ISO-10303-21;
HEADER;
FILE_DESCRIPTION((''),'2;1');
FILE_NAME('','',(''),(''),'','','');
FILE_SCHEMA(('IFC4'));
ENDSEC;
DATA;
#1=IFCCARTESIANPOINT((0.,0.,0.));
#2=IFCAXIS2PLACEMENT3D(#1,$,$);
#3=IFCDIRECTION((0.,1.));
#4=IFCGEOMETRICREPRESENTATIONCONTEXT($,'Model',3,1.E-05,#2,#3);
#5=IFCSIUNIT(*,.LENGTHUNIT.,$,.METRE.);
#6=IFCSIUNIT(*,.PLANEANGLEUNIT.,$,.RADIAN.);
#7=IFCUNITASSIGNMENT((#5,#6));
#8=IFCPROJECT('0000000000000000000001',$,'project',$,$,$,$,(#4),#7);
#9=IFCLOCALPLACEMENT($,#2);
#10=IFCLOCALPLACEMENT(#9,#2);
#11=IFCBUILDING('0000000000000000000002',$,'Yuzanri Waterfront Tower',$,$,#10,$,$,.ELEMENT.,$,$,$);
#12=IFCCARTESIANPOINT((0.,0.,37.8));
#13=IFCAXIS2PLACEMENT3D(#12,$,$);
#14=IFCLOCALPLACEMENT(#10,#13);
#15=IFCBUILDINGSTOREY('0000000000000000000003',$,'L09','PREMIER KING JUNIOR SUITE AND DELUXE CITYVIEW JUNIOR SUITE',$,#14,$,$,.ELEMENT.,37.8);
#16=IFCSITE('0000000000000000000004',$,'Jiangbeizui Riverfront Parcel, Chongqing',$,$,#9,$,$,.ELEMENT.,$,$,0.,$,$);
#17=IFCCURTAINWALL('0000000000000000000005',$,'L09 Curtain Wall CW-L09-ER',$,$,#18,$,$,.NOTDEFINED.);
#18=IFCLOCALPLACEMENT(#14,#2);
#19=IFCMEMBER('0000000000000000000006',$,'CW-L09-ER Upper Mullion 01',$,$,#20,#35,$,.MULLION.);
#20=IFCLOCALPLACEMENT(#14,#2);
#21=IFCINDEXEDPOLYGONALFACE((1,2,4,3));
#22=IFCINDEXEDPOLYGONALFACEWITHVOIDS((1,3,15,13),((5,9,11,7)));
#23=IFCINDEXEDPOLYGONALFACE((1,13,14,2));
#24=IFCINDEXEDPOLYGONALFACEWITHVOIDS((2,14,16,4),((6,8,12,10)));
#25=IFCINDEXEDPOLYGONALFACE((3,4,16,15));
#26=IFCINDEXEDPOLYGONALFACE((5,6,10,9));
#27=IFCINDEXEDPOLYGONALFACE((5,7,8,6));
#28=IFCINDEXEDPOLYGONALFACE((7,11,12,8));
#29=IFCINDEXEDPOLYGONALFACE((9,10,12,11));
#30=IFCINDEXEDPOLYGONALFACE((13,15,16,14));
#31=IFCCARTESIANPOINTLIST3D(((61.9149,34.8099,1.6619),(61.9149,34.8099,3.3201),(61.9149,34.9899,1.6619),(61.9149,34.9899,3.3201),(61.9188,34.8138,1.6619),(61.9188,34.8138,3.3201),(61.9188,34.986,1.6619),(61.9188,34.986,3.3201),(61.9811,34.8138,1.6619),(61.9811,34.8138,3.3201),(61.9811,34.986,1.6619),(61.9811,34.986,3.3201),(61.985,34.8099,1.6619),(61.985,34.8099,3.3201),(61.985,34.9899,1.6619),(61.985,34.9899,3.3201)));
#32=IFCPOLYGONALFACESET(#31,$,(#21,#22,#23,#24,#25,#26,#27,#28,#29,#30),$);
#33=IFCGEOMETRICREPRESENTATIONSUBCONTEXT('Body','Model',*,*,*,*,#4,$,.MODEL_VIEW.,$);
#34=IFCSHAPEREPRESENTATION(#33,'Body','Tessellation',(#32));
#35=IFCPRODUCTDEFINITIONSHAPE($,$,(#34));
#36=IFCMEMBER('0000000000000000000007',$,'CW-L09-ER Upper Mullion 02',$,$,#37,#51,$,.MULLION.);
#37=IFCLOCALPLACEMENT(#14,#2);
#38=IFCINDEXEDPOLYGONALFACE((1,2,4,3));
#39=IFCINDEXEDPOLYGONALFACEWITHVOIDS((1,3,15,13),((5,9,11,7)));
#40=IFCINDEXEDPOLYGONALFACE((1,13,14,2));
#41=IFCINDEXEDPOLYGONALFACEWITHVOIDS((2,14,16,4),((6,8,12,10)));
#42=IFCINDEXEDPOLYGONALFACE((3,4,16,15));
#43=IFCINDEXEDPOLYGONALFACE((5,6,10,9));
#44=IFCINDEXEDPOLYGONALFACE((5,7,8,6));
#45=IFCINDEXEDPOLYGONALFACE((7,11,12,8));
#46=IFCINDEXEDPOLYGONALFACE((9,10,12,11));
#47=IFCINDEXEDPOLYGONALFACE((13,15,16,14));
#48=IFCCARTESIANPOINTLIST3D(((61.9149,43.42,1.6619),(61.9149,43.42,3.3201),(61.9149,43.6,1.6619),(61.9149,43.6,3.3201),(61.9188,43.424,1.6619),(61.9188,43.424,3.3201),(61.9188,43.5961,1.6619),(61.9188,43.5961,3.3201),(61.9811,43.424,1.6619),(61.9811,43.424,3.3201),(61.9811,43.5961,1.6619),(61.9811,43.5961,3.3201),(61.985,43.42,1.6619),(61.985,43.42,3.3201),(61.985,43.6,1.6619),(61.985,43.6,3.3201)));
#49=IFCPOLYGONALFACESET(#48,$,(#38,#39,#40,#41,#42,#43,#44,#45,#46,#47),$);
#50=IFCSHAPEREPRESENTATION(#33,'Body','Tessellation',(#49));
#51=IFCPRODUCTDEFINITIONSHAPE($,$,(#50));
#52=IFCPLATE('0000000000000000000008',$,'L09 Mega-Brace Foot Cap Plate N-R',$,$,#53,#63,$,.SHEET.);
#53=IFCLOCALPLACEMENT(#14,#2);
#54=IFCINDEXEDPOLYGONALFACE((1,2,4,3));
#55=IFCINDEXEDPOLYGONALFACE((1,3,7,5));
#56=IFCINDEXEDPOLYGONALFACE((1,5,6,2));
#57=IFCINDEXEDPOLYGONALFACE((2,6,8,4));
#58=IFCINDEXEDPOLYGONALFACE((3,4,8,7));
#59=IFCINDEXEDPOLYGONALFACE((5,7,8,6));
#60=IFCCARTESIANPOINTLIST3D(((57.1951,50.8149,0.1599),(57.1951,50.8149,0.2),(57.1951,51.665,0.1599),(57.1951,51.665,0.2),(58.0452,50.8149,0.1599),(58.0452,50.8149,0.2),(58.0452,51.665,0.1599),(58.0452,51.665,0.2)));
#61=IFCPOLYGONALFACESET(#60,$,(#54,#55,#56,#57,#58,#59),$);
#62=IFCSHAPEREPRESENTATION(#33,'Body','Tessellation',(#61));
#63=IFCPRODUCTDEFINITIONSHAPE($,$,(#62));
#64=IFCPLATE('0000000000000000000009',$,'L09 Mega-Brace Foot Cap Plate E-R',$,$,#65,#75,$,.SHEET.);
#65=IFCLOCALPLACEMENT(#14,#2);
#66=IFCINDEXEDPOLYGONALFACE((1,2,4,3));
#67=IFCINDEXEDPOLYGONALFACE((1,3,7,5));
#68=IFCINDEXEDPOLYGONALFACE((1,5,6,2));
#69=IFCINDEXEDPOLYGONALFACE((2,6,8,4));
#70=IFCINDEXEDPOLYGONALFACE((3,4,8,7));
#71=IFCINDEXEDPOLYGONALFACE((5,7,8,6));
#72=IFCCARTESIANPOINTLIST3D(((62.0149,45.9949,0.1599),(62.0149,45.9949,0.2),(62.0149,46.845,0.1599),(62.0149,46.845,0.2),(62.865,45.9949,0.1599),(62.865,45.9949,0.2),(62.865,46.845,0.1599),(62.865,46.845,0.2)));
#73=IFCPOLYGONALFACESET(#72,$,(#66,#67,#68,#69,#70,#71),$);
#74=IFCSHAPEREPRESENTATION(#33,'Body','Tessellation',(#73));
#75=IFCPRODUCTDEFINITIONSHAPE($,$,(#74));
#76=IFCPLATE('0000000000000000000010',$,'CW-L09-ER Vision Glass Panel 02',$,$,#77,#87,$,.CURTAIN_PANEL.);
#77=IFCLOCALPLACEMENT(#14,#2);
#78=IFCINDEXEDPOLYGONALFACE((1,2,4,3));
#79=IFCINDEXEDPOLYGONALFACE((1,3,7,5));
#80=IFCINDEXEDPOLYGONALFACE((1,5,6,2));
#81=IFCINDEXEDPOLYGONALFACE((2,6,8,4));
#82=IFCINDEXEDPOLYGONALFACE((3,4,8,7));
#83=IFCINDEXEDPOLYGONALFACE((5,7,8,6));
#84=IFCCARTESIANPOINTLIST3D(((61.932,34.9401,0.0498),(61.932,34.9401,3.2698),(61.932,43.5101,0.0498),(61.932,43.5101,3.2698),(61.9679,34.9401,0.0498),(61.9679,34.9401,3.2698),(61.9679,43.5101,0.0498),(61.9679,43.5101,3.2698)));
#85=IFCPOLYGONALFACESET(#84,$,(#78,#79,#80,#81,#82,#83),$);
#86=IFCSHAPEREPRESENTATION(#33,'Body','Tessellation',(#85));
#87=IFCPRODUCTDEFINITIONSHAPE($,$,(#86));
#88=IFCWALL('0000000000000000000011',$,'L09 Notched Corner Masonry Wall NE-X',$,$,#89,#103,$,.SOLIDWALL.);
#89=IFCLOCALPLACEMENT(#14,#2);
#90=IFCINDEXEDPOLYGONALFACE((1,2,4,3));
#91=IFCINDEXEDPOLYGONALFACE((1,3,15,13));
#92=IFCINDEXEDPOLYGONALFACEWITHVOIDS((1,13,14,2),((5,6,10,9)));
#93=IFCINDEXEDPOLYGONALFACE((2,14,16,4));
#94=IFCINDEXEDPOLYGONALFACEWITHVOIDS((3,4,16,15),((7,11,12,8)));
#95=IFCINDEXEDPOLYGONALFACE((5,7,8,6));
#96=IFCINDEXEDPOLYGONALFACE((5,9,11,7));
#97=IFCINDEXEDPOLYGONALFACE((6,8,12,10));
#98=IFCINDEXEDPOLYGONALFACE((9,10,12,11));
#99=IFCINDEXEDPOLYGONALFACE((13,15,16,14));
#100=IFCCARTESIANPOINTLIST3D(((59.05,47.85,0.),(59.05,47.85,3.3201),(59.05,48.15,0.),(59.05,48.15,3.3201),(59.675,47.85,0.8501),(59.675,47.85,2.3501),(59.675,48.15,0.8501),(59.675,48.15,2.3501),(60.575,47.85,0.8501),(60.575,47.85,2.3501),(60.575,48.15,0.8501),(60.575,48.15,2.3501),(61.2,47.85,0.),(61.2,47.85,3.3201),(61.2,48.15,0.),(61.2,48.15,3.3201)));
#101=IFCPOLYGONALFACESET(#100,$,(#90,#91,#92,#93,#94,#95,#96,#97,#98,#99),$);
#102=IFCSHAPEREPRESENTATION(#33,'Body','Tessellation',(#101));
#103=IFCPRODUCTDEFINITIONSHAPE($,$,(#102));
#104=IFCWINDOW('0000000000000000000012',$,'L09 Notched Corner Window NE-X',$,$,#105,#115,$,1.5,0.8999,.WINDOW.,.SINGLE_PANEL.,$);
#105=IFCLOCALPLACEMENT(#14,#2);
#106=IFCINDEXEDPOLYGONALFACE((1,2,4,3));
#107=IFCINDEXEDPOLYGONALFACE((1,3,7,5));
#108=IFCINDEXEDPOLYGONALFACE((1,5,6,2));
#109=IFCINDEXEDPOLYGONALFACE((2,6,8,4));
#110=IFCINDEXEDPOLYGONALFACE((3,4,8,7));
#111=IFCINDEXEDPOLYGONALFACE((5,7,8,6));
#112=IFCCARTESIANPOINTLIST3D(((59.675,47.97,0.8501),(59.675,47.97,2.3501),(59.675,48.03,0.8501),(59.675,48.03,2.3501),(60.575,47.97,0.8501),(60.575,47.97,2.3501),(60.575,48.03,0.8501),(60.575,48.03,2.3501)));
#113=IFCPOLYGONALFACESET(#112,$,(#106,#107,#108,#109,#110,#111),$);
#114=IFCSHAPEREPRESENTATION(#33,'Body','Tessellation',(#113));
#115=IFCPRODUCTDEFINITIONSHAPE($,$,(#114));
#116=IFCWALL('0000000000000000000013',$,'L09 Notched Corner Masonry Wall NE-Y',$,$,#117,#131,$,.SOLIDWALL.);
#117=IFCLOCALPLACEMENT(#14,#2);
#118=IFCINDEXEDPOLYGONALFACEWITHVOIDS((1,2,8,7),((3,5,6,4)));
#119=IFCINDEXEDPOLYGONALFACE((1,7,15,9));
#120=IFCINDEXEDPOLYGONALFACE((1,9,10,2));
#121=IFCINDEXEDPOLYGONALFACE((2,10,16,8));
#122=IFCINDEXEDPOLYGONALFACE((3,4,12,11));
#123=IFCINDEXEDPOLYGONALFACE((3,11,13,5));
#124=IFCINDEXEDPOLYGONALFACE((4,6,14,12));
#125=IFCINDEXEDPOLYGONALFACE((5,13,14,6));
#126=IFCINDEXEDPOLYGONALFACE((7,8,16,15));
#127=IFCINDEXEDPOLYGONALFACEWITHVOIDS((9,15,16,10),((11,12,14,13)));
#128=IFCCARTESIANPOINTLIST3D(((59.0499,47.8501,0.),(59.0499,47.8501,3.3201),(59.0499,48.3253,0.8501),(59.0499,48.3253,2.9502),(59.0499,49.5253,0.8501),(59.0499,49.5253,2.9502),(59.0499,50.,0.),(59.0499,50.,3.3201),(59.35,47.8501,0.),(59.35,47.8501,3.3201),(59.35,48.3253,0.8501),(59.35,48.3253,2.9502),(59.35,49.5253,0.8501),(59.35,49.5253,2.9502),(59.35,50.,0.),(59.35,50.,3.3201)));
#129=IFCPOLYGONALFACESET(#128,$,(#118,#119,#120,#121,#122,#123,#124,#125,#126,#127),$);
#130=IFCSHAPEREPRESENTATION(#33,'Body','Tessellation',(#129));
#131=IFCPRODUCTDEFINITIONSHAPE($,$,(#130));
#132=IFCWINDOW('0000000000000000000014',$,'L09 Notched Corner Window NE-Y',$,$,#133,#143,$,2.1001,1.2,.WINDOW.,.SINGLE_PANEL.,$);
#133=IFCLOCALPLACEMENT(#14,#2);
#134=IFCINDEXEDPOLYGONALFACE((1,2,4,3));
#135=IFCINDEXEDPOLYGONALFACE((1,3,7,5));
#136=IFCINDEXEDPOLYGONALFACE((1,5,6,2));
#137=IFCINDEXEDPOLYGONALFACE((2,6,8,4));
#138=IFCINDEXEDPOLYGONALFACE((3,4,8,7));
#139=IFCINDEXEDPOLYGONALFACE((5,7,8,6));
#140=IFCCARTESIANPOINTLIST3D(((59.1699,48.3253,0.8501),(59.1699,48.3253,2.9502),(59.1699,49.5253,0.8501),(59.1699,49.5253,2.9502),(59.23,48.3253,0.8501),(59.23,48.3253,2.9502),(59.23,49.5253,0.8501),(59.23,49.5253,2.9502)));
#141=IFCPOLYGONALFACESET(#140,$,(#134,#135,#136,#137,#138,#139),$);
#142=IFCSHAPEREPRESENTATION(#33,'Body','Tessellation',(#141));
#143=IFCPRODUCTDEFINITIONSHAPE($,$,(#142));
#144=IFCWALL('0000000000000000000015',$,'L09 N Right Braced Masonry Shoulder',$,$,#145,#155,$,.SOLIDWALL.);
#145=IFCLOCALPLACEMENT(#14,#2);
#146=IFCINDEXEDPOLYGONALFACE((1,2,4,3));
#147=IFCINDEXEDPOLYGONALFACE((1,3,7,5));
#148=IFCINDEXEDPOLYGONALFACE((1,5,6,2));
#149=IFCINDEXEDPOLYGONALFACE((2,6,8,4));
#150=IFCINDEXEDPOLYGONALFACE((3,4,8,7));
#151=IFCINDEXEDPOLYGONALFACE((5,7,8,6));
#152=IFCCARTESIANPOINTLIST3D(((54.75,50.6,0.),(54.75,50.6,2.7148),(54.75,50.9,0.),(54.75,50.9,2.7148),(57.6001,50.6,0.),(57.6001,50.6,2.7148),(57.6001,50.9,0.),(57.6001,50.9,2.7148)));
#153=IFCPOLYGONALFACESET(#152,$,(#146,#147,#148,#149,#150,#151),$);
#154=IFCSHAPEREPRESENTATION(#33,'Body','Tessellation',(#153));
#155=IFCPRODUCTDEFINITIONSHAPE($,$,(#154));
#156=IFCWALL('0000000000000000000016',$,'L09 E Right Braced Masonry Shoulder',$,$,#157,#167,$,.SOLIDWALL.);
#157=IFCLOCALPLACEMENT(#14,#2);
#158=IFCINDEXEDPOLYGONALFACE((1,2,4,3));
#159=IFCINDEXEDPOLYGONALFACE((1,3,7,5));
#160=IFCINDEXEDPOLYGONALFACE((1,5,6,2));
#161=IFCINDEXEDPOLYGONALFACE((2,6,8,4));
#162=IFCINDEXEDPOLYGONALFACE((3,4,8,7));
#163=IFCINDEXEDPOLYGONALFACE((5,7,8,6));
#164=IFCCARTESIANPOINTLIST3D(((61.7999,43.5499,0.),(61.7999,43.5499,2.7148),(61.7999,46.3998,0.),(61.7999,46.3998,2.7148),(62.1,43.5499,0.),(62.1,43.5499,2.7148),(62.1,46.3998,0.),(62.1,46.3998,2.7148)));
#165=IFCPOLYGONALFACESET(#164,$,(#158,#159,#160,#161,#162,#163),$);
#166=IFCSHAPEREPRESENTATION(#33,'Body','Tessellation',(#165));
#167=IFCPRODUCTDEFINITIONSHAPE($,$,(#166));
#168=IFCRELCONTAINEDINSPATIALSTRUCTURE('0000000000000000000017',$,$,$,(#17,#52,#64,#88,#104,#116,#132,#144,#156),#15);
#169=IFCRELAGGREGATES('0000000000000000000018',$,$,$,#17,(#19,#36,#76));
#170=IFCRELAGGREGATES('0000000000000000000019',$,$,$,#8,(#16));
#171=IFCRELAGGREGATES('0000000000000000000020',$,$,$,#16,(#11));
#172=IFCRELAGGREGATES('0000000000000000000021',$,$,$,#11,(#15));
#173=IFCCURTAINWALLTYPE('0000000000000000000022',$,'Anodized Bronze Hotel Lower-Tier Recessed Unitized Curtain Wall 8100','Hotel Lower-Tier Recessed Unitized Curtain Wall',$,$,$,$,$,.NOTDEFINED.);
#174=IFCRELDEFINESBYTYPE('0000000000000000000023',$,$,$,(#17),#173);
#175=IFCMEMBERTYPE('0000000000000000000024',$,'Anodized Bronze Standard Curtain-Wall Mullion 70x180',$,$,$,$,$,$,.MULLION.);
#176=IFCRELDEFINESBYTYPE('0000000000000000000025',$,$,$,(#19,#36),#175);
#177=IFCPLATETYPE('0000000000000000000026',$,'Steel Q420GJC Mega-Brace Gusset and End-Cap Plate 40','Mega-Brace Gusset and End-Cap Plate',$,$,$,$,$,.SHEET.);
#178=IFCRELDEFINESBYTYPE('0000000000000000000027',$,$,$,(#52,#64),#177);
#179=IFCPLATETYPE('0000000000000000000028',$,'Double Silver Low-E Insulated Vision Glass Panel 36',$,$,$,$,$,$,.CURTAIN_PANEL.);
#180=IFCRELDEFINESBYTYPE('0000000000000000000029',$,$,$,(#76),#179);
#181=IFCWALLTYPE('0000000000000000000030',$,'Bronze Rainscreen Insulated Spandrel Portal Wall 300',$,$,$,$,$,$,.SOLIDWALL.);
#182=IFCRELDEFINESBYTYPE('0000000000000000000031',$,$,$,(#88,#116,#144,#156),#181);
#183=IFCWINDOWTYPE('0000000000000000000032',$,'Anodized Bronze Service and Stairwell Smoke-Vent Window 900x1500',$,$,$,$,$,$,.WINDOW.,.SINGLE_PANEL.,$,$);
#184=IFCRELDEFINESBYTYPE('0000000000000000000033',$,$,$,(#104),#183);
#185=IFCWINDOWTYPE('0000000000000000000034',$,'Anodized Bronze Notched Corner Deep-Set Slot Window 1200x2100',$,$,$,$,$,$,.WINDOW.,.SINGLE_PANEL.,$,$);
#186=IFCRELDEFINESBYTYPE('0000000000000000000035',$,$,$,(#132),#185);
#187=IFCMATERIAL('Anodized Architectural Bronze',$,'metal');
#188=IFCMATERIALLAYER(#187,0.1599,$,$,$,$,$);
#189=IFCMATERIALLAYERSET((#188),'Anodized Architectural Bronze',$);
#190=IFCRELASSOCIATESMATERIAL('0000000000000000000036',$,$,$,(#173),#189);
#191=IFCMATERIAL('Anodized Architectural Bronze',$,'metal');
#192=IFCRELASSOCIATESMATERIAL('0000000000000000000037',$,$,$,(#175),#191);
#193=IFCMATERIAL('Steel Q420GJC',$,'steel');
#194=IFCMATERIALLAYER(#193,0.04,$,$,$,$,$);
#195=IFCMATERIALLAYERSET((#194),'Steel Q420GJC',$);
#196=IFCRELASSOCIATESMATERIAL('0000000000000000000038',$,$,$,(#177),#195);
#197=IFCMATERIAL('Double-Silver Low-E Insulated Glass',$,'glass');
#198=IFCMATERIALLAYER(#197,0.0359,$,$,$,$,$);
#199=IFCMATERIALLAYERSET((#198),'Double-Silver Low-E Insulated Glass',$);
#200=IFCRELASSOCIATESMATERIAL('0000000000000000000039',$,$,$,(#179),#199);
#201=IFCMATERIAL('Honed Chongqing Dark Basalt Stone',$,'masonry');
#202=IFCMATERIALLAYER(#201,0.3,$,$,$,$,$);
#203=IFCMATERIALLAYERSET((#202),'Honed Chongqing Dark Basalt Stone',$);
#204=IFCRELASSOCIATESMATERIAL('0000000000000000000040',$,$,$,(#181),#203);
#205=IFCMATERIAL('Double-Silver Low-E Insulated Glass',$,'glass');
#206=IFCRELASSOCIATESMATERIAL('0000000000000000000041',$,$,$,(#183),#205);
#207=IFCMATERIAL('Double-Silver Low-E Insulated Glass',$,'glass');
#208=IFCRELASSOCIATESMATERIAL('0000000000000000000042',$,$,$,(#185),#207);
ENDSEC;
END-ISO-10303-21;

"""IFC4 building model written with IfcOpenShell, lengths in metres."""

from ifc_helpers import new_model, si_unit, direction, frame, frame_2d, origin, origin_2d, place, context, subcontext, project, spatial, rectangle, hollow_rectangle, extrude, source, transform, mapped, material, layer, layer_set, material_profile, profile_set, type_object, element, fill, aggregate, save


model = new_model("IFC4")

# Units and contexts
model_context = context("Model", 3, precision=1e-05, world=origin(), true_north=direction((0.0, 1.0)))
body_context = subcontext(model_context, "Body", "Model", "MODEL_VIEW")
ifc_project = project(units=[si_unit("LENGTHUNIT", "METRE"), si_unit("PLANEANGLEUNIT", "RADIAN")], contexts=[model_context])

# Site, building, storey
site_placement = place(None, origin())
site = spatial("IfcSite", under=ifc_project, at=site_placement, Name="Jiangbeizui Riverfront Parcel, Chongqing", CompositionType="ELEMENT", RefElevation=0.0)
building_placement = place(site_placement, origin())
building = spatial("IfcBuilding", under=site, at=building_placement, Name="Yuzanri Waterfront Tower", CompositionType="ELEMENT")
storey_placement = place(building_placement, frame((0.0, 0.0, 37.8)))
storey = spatial("IfcBuildingStorey", under=building, at=storey_placement, Name="L09", Description="PREMIER KING JUNIOR SUITE AND DELUXE CITYVIEW JUNIOR SUITE", CompositionType="ELEMENT", Elevation=37.8)

# Shared definitions
ifc_material_1 = material(Name="Anodized Architectural Bronze", Category="metal")
ifc_layer_1 = layer(ifc_material_1, 0.1599)
ifc_layer_set_1 = layer_set([ifc_layer_1], Name="Anodized Architectural Bronze")
curtain_wall_type = type_object("IfcCurtainWallType", Name="Anodized Bronze Hotel Lower-Tier Recessed Unitized Curtain Wall 8100", Description="Hotel Lower-Tier Recessed Unitized Curtain Wall", PredefinedType="NOTDEFINED", material=ifc_layer_set_1)
ifc_material_2 = material(Name="Anodized Architectural Bronze", Category="metal")
ifc_material_profile_1 = material_profile(ifc_material_2, hollow_rectangle(XDim=0.0701, YDim=0.1799, WallThickness=0.0039, at=origin_2d()), Name="CWM 70x180")
ifc_profile_set_1 = profile_set([ifc_material_profile_1], Name="Anodized Architectural Bronze")
member_type_1 = type_object("IfcMemberType", Name="Anodized Bronze Standard Curtain-Wall Mullion 70x180", PredefinedType="MULLION", material=ifc_profile_set_1)

# Curtain wall
curtain_wall_1_placement = place(storey_placement, origin())
curtain_wall_1 = element("IfcCurtainWall", 1, at=curtain_wall_1_placement, inside=storey, type_object=curtain_wall_type, Name="L09 Curtain Wall CW-L09-ER", PredefinedType="NOTDEFINED")

# Members
shared_shape_1 = source(origin(), body_context, "Body", "SweptSolid", [
    extrude(hollow_rectangle(XDim=0.0701, YDim=0.1799, WallThickness=0.0039, at=origin_2d()), origin(), (0.0, 0.0, 1.0), 1.6582),
])
member_1_placement = place(storey_placement, frame((61.95, 34.8999, 1.6619), z_axis=(0.0, 0.0, 1.0), x_axis=(1.0, 0.0, 0.0)))
member_1 = element("IfcMember", 2, at=member_1_placement, type_object=member_type_1, Name="CW-L09-ER Upper Mullion 01", PredefinedType="MULLION", context=body_context, shape_type="MappedRepresentation", body=[
    mapped(shared_shape_1, transform((0.0, 0.0, 0.0), scale=1.0)),
])
member_2_placement = place(storey_placement, frame((61.95, 43.51, 1.6619), z_axis=(0.0, 0.0, 1.0), x_axis=(1.0, 0.0, 0.0)))
member_2 = element("IfcMember", 3, at=member_2_placement, type_object=member_type_1, Name="CW-L09-ER Upper Mullion 02", PredefinedType="MULLION", context=body_context, shape_type="MappedRepresentation", body=[
    mapped(shared_shape_1, transform((0.0, 0.0, 0.0), scale=1.0)),
])

# Plates
ifc_material_3 = material(Name="Steel Q420GJC", Category="steel")
ifc_layer_2 = layer(ifc_material_3, 0.04)
ifc_layer_set_2 = layer_set([ifc_layer_2], Name="Steel Q420GJC")
plate_type_1 = type_object("IfcPlateType", Name="Steel Q420GJC Mega-Brace Gusset and End-Cap Plate 40", Description="Mega-Brace Gusset and End-Cap Plate", PredefinedType="SHEET", material=ifc_layer_set_2)
shared_shape_2 = source(origin(), body_context, "Body", "SweptSolid", [
    extrude(rectangle(XDim=0.8501, YDim=0.8501, at=origin_2d()), origin(), (0.0, 0.0, 1.0), 0.04),
])
for number, where, z_axis, x_axis, name in (
    (4, (57.6201, 51.24, 0.1599), (0.0, 0.0, 1.0), (1.0, 0.0, 0.0), "L09 Mega-Brace Foot Cap Plate N-R"),
    (5, (62.4399, 46.4199, 0.1599), (0.0, 0.0, 1.0), (1.0, 0.0, 0.0), "L09 Mega-Brace Foot Cap Plate E-R"),
):
    element("IfcPlate", number, at=place(storey_placement, frame(where, z_axis=z_axis, x_axis=x_axis)), inside=storey, type_object=plate_type_1, Name=name, PredefinedType="SHEET", context=body_context, shape_type="MappedRepresentation", body=[
        mapped(shared_shape_2, transform((0.0, 0.0, 0.0), scale=1.0)),
    ])

# Plate
ifc_material_4 = material(Name="Double-Silver Low-E Insulated Glass", Category="glass")
ifc_layer_3 = layer(ifc_material_4, 0.0359)
ifc_layer_set_3 = layer_set([ifc_layer_3], Name="Double-Silver Low-E Insulated Glass")
plate_type_2 = type_object("IfcPlateType", Name="Double Silver Low-E Insulated Vision Glass Panel 36", PredefinedType="CURTAIN_PANEL", material=ifc_layer_set_3)
shared_shape_3 = source(origin(), body_context, "Body", "SweptSolid", [
    extrude(rectangle(XDim=8.5701, YDim=0.0359, at=origin_2d()), origin(), (0.0, 0.0, 1.0), 3.22),
])
plate_placement = place(storey_placement, frame((61.95, 39.2251, 0.0498), z_axis=(0.0, 0.0, 1.0), x_axis=(0.0, 1.0, 0.0)))
plate = element("IfcPlate", 6, at=plate_placement, type_object=plate_type_2, Name="CW-L09-ER Vision Glass Panel 02", PredefinedType="CURTAIN_PANEL", context=body_context, shape_type="MappedRepresentation", body=[
    mapped(shared_shape_3, transform((0.0, 0.0, 0.0), scale=1.0)),
])
aggregate(curtain_wall_1, [member_1, member_2, plate])

# Walls, openings, windows
ifc_material_5 = material(Name="Honed Chongqing Dark Basalt Stone", Category="masonry")
ifc_layer_4 = layer(ifc_material_5, 0.3)
ifc_layer_set_4 = layer_set([ifc_layer_4], Name="Honed Chongqing Dark Basalt Stone")
wall_type_1 = type_object("IfcWallType", Name="Bronze Rainscreen Insulated Spandrel Portal Wall 300", PredefinedType="SOLIDWALL", material=ifc_layer_set_4)
wall_1_placement = place(storey_placement, frame((61.2, 48.0, 0.0), z_axis=(0.0, 0.0, 1.0), x_axis=(-1.0, 0.0, 0.0)))
wall_1 = element("IfcWall", 7, at=wall_1_placement, inside=storey, type_object=wall_type_1, Name="L09 Notched Corner Masonry Wall NE-X", PredefinedType="SOLIDWALL", context=body_context, shape_type="SweptSolid", body=[
    extrude(rectangle(XDim=2.1499, YDim=0.3, at=frame_2d((1.075, 0.0))), origin(), (0.0, 0.0, 1.0), 3.3201),
])
opening_1_placement = place(wall_1_placement, frame((0.625, 0.0, 0.8501)))
opening_1 = element("IfcOpeningElement", 8, at=opening_1_placement, cuts=wall_1, PredefinedType="OPENING", context=body_context, shape_type="SweptSolid", body=[
    extrude(rectangle(XDim=0.8999, YDim=1.5, at=frame_2d((0.45, 0.75))), frame((0.0, 0.165, 0.0), z_axis=(0.0, -1.0, 0.0), x_axis=(1.0, 0.0, 0.0)), (0.0, 0.0, 1.0), 0.3298),
])
ifc_material_6 = material(Name="Double-Silver Low-E Insulated Glass", Category="glass")
window_type_1 = type_object("IfcWindowType", Name="Anodized Bronze Service and Stairwell Smoke-Vent Window 900x1500", PartitioningType="SINGLE_PANEL", PredefinedType="WINDOW", material=ifc_material_6)
shared_shape_4 = source(origin(), body_context, "Body", "SweptSolid", [
    extrude(rectangle(XDim=0.8999, YDim=1.5, at=frame_2d((0.45, 0.75))), frame((0.0, 0.03, 0.0), z_axis=(0.0, -1.0, 0.0), x_axis=(1.0, 0.0, 0.0)), (0.0, 0.0, 1.0), 0.0601),
])
window_1_placement = place(opening_1_placement, origin())
window_1 = element("IfcWindow", 9, at=window_1_placement, inside=storey, type_object=window_type_1, Name="L09 Notched Corner Window NE-X", OverallHeight=1.5, OverallWidth=0.8999, PartitioningType="SINGLE_PANEL", PredefinedType="WINDOW", context=body_context, shape_type="MappedRepresentation", body=[
    mapped(shared_shape_4, transform((0.0, 0.0, 0.0), scale=1.0)),
])
fill(opening_1, window_1)
wall_2_placement = place(storey_placement, frame((59.2, 47.8501, 0.0), z_axis=(0.0, 0.0, 1.0), x_axis=(0.0, 1.0, 0.0)))
wall_2 = element("IfcWall", 10, at=wall_2_placement, inside=storey, type_object=wall_type_1, Name="L09 Notched Corner Masonry Wall NE-Y", PredefinedType="SOLIDWALL", context=body_context, shape_type="SweptSolid", body=[
    extrude(rectangle(XDim=2.1499, YDim=0.3, at=frame_2d((1.075, 0.0))), origin(), (0.0, 0.0, 1.0), 3.3201),
])
opening_2_placement = place(wall_2_placement, frame((0.4751, 0.0, 0.8501)))
opening_2 = element("IfcOpeningElement", 11, at=opening_2_placement, cuts=wall_2, PredefinedType="OPENING", context=body_context, shape_type="SweptSolid", body=[
    extrude(rectangle(XDim=1.2, YDim=2.1001, at=frame_2d((0.6001, 1.05))), frame((0.0, 0.165, 0.0), z_axis=(0.0, -1.0, 0.0), x_axis=(1.0, 0.0, 0.0)), (0.0, 0.0, 1.0), 0.3298),
])
ifc_material_7 = material(Name="Double-Silver Low-E Insulated Glass", Category="glass")
window_type_2 = type_object("IfcWindowType", Name="Anodized Bronze Notched Corner Deep-Set Slot Window 1200x2100", PartitioningType="SINGLE_PANEL", PredefinedType="WINDOW", material=ifc_material_7)
shared_shape_5 = source(origin(), body_context, "Body", "SweptSolid", [
    extrude(rectangle(XDim=1.2, YDim=2.1001, at=frame_2d((0.6001, 1.05))), frame((0.0, 0.03, 0.0), z_axis=(0.0, -1.0, 0.0), x_axis=(1.0, 0.0, 0.0)), (0.0, 0.0, 1.0), 0.0601),
])
window_2_placement = place(opening_2_placement, origin())
window_2 = element("IfcWindow", 12, at=window_2_placement, inside=storey, type_object=window_type_2, Name="L09 Notched Corner Window NE-Y", OverallHeight=2.1001, OverallWidth=1.2, PartitioningType="SINGLE_PANEL", PredefinedType="WINDOW", context=body_context, shape_type="MappedRepresentation", body=[
    mapped(shared_shape_5, transform((0.0, 0.0, 0.0), scale=1.0)),
])
fill(opening_2, window_2)

# Walls
shared_shape_6 = source(origin(), body_context, "Body", "SweptSolid", [
    extrude(rectangle(XDim=2.8501, YDim=0.3, at=frame_2d((1.425, 0.0))), origin(), (0.0, 0.0, 1.0), 2.7148),
])
wall_3_placement = place(storey_placement, frame((54.75, 50.75, 0.0), z_axis=(0.0, 0.0, 1.0), x_axis=(1.0, 0.0, 0.0)))
element("IfcWall", 13, at=wall_3_placement, inside=storey, type_object=wall_type_1, Name="L09 N Right Braced Masonry Shoulder", PredefinedType="SOLIDWALL", context=body_context, shape_type="MappedRepresentation", body=[
    mapped(shared_shape_6, transform((0.0, 0.0, 0.0), scale=1.0)),
])
shared_shape_7 = source(origin(), body_context, "Body", "SweptSolid", [
    extrude(rectangle(XDim=2.8499, YDim=0.3, at=frame_2d((1.4248, 0.0))), origin(), (0.0, 0.0, 1.0), 2.7148),
])
wall_4_placement = place(storey_placement, frame((61.95, 43.55, 0.0), z_axis=(0.0, 0.0, 1.0), x_axis=(0.0, 1.0, 0.0)))
element("IfcWall", 14, at=wall_4_placement, inside=storey, type_object=wall_type_1, Name="L09 E Right Braced Masonry Shoulder", PredefinedType="SOLIDWALL", context=body_context, shape_type="MappedRepresentation", body=[
    mapped(shared_shape_7, transform((0.0, 0.0, 0.0), scale=1.0)),
])

save(model, "model.ifc")
